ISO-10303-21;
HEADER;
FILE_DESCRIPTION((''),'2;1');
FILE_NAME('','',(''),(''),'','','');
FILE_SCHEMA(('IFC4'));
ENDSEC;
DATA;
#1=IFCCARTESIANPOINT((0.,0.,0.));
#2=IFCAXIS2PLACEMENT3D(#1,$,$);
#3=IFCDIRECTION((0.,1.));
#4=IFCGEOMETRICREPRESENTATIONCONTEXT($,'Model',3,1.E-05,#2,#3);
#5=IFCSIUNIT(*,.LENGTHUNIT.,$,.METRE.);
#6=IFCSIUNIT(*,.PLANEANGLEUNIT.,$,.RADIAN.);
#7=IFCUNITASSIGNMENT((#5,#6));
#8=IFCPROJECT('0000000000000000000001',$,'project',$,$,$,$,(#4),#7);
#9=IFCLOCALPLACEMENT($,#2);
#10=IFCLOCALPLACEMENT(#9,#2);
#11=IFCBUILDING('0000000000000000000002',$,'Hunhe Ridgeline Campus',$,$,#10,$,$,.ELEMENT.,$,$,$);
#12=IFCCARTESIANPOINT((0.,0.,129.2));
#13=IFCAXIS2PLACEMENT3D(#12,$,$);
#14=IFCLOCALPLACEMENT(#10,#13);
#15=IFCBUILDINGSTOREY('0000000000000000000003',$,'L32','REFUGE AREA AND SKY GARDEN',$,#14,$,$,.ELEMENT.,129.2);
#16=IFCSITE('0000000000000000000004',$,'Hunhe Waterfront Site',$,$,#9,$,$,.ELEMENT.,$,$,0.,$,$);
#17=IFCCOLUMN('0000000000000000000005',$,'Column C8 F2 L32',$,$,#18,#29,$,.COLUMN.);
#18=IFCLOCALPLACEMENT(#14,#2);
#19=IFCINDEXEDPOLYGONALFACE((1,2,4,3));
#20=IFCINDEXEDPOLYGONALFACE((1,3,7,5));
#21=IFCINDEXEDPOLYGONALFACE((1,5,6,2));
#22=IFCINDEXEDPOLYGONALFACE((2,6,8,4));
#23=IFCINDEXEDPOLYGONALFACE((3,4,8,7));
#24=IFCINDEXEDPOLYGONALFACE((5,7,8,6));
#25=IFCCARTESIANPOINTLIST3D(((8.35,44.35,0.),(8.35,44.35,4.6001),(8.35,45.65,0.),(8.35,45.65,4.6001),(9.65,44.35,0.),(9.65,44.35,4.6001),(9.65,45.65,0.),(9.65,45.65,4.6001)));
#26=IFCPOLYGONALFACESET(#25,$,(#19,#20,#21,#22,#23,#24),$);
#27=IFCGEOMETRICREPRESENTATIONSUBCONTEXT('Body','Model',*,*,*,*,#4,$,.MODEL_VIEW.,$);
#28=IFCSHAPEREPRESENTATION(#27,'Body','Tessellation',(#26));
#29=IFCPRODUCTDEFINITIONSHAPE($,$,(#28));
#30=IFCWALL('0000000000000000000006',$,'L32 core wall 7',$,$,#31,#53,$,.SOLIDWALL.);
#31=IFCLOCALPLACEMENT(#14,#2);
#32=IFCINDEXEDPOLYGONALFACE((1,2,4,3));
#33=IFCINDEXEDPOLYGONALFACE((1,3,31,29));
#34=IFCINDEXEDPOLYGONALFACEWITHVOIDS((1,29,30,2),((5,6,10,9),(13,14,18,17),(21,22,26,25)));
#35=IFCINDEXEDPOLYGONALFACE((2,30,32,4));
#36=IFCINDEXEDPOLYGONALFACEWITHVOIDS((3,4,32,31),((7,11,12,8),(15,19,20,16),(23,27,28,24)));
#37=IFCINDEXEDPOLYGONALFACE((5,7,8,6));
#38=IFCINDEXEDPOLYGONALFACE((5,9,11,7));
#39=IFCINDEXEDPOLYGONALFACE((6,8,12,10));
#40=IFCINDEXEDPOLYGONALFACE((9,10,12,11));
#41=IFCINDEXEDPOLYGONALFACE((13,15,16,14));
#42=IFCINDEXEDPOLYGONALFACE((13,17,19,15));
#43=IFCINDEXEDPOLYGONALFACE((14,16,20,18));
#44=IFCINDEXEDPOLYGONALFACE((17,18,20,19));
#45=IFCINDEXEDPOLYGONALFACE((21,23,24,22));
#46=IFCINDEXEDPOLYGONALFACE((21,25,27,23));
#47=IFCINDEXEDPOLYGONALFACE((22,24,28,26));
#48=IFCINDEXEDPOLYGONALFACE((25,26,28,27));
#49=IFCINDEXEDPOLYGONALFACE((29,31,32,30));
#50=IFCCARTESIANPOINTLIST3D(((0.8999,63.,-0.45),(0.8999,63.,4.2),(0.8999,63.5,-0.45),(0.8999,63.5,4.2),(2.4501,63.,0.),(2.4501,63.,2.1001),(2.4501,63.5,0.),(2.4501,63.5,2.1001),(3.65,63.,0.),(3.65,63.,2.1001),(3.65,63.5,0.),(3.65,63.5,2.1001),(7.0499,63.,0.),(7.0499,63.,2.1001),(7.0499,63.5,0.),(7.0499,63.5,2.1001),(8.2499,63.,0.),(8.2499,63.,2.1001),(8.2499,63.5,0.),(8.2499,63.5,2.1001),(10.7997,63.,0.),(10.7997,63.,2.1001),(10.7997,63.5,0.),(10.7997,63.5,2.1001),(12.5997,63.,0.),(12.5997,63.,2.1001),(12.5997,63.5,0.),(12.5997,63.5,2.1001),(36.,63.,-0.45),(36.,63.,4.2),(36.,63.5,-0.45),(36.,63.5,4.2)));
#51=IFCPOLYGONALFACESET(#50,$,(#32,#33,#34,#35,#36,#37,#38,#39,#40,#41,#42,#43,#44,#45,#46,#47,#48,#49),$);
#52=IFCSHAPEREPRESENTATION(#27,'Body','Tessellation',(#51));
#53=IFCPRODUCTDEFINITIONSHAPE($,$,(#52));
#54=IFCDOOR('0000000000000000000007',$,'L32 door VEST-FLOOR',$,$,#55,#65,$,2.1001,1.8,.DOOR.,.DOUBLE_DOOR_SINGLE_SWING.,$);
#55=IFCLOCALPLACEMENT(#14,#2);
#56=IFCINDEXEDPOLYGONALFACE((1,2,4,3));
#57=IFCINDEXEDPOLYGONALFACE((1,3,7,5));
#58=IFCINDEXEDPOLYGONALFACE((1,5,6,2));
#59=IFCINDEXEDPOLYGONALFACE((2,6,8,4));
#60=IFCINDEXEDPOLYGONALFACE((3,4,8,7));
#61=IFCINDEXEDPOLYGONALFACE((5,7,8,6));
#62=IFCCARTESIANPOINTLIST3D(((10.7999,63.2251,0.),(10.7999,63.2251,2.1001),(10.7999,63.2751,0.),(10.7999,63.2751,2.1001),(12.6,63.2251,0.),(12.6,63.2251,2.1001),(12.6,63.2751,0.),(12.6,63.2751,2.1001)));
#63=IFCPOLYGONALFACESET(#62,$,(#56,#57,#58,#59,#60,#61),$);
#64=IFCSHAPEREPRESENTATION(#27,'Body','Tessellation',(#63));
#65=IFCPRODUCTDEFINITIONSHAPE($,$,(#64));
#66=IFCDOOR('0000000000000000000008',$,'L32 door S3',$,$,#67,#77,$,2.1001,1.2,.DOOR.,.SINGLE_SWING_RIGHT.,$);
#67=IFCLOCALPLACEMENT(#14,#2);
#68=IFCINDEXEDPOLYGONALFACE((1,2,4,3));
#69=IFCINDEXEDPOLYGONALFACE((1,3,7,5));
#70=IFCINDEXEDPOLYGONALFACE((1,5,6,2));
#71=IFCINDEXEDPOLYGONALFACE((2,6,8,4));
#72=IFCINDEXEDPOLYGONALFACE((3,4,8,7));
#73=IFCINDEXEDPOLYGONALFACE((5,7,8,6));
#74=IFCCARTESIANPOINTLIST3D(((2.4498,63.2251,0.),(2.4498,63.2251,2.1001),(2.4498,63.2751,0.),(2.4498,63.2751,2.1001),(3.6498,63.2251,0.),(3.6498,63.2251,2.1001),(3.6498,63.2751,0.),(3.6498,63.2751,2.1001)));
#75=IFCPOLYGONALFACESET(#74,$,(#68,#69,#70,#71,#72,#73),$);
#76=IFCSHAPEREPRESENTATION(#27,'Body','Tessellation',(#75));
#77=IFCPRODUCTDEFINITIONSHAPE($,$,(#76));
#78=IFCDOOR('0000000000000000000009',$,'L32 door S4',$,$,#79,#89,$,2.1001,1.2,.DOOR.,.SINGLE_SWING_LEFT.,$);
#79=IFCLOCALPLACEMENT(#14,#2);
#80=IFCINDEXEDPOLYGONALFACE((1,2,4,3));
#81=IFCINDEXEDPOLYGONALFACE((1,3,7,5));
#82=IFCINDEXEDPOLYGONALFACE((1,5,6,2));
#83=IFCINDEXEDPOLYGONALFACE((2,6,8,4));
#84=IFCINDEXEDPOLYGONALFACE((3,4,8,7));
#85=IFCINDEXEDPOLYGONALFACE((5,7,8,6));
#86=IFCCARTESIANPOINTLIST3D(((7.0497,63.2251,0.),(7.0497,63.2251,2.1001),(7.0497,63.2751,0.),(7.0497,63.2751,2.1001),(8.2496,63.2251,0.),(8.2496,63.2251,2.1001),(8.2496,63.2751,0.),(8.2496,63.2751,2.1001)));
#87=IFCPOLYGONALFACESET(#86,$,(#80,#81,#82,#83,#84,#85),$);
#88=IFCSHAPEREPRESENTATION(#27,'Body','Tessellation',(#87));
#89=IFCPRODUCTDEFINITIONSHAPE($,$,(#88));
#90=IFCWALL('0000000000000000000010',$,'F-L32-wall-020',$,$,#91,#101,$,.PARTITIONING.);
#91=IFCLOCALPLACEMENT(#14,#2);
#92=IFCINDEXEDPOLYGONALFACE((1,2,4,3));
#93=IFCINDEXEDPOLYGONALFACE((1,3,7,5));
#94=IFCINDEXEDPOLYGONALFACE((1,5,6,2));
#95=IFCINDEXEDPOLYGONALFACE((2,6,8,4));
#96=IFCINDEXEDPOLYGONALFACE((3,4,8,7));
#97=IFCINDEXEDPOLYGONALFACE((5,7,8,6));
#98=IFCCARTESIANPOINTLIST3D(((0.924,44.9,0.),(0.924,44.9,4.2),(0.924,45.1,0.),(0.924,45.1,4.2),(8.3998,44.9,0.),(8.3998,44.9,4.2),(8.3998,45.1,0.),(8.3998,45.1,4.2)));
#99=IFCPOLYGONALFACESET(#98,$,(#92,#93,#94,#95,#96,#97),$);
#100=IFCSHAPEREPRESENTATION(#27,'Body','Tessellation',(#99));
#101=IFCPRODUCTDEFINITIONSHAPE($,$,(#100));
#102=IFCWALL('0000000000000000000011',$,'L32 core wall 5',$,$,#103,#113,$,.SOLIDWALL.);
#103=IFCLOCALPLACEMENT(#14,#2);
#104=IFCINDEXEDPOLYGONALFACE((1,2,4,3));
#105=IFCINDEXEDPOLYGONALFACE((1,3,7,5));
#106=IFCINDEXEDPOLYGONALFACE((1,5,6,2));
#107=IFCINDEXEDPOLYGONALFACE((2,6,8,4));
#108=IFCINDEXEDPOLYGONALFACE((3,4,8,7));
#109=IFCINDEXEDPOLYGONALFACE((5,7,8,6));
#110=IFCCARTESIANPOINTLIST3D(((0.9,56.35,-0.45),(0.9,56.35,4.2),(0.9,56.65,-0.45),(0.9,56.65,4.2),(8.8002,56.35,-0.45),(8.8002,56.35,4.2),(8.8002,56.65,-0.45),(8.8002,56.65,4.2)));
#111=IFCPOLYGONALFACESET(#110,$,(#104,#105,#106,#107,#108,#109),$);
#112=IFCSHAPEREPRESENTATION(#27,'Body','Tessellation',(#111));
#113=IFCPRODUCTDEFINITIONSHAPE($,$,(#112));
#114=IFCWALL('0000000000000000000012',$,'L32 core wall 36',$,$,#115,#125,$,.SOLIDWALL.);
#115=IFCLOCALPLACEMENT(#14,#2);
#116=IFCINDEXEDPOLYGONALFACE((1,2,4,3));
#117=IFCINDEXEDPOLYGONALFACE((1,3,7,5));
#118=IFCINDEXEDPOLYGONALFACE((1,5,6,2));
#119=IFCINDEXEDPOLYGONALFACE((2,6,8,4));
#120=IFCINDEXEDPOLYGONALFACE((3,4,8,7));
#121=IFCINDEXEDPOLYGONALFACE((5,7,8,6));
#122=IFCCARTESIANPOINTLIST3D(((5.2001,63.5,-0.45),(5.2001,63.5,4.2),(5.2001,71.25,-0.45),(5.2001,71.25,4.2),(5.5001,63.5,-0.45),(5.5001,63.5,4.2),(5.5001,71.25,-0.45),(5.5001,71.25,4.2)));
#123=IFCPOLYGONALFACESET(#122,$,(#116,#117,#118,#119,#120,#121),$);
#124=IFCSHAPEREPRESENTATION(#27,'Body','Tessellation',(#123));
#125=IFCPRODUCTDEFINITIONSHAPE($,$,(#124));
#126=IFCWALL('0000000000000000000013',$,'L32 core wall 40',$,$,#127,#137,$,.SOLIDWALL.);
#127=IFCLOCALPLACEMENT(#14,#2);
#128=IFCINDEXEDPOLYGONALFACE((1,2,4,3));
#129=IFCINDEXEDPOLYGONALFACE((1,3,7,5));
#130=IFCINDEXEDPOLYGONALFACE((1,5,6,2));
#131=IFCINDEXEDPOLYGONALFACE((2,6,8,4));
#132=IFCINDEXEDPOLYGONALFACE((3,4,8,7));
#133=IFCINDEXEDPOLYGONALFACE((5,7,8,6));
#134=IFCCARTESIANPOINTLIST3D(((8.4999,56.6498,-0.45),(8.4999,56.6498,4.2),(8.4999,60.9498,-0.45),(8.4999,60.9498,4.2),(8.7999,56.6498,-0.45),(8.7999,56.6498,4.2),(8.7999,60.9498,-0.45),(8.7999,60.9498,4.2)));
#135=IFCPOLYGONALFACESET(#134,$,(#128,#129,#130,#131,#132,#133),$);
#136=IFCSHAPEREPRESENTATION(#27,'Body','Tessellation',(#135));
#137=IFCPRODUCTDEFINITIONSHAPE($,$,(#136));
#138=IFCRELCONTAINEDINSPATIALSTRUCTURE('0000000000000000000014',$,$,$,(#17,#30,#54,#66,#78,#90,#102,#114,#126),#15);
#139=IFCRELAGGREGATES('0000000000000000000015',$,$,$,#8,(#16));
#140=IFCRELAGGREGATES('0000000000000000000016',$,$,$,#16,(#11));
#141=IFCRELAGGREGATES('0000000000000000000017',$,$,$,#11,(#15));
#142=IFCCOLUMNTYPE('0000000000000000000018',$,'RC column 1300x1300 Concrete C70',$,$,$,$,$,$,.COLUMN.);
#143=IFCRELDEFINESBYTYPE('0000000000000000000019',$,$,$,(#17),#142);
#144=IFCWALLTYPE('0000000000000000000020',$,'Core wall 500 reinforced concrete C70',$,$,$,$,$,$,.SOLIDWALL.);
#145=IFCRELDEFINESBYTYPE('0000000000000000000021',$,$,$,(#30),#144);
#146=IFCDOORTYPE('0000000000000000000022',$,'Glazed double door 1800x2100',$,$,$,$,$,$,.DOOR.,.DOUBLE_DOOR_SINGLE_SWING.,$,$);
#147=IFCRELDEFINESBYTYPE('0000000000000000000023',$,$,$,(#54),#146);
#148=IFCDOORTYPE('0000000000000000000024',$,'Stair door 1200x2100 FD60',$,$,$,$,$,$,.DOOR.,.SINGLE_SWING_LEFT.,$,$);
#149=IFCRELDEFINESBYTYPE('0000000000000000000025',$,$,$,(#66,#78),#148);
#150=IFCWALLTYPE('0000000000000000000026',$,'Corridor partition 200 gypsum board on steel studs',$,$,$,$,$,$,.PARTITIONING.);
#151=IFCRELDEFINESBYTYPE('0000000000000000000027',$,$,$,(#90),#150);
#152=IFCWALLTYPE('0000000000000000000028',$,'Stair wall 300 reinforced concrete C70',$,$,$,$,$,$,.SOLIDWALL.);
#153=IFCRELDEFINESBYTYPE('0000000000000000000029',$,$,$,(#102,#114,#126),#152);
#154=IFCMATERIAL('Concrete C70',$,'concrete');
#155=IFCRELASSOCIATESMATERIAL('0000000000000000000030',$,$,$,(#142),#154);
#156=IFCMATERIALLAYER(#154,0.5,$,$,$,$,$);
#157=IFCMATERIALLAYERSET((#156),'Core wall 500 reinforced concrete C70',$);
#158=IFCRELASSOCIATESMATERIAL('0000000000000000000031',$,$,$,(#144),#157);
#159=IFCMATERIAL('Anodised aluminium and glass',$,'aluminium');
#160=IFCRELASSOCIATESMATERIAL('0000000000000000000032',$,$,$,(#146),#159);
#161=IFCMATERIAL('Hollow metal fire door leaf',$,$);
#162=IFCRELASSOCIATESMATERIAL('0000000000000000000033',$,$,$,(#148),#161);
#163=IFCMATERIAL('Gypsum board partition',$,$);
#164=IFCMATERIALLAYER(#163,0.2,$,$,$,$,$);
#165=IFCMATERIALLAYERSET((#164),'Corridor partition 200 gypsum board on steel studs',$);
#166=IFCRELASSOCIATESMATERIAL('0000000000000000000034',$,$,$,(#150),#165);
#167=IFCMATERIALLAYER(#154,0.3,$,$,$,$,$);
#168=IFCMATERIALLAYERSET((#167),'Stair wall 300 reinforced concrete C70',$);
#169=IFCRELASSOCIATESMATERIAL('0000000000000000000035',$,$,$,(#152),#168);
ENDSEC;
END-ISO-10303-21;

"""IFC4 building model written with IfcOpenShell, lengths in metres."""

from ifc_helpers import new_model, si_unit, direction, frame, frame_2d, origin, origin_2d, place, context, subcontext, project, spatial, rectangle, extrude, material, layer, layer_set, material_profile, profile_set, type_object, element, fill, save


model = new_model("IFC4")

# Units and contexts
model_context = context("Model", 3, precision=1e-05, world=origin(), true_north=direction((0.0, 1.0)))
body_context = subcontext(model_context, "Body", "Model", "MODEL_VIEW")
ifc_project = project(units=[si_unit("LENGTHUNIT", "METRE"), si_unit("PLANEANGLEUNIT", "RADIAN")], contexts=[model_context])

# Site, building, storey
site_placement = place(None, origin())
site = spatial("IfcSite", under=ifc_project, at=site_placement, Name="Hunhe Waterfront Site", CompositionType="ELEMENT", RefElevation=0.0)
building_placement = place(site_placement, origin())
building = spatial("IfcBuilding", under=site, at=building_placement, Name="Hunhe Ridgeline Campus", CompositionType="ELEMENT")
storey_placement = place(building_placement, frame((0.0, 0.0, 129.2)))
storey = spatial("IfcBuildingStorey", under=building, at=storey_placement, Name="L32", Description="REFUGE AREA AND SKY GARDEN", CompositionType="ELEMENT", Elevation=129.2)

# Column
ifc_material_1 = material(Name="Concrete C70", Category="concrete")
ifc_material_profile = material_profile(ifc_material_1, rectangle(XDim=1.3, YDim=1.3, at=origin_2d()))
ifc_profile_set = profile_set([ifc_material_profile], Name="Concrete C70")
column_type = type_object("IfcColumnType", Name="RC column 1300x1300 Concrete C70", PredefinedType="COLUMN", material=ifc_profile_set)
column_placement = place(storey_placement, frame((9.0, 45.0, 0.0), z_axis=(0.0, 0.0, 1.0), x_axis=(1.0, 0.0, 0.0)))
element("IfcColumn", 1, at=column_placement, inside=storey, type_object=column_type, Name="Column C8 F2 L32", PredefinedType="COLUMN", context=body_context, shape_type="SweptSolid", body=[
    extrude(rectangle(XDim=1.3, YDim=1.3, at=origin_2d()), origin(), (0.0, 0.0, 1.0), 4.6001),
])

# Wall, openings, doors
ifc_layer_1 = layer(ifc_material_1, 0.5)
ifc_layer_set_1 = layer_set([ifc_layer_1], Name="Core wall 500 reinforced concrete C70")
wall_type_1 = type_object("IfcWallType", Name="Core wall 500 reinforced concrete C70", PredefinedType="SOLIDWALL", material=ifc_layer_set_1)
wall_1_placement = place(storey_placement, frame((0.8999, 63.25, -0.45), z_axis=(0.0, 0.0, 1.0), x_axis=(1.0, 0.0, 0.0)))
wall_1 = element("IfcWall", 2, at=wall_1_placement, inside=storey, type_object=wall_type_1, Name="L32 core wall 7", PredefinedType="SOLIDWALL", context=body_context, shape_type="SweptSolid", body=[
    extrude(rectangle(XDim=35.1001, YDim=0.5, at=frame_2d((17.55, 0.0))), origin(), (0.0, 0.0, 1.0), 4.6499),
])
opening_1_placement = place(wall_1_placement, frame((9.8999, 0.0, 0.45)))
opening_1 = element("IfcOpeningElement", 3, at=opening_1_placement, cuts=wall_1, PredefinedType="OPENING", context=body_context, shape_type="SweptSolid", body=[
    extrude(rectangle(XDim=1.8, YDim=2.1001, at=frame_2d((0.8999, 1.05))), frame((0.0, 0.25, 0.0), z_axis=(0.0, -1.0, 0.0), x_axis=(1.0, 0.0, 0.0)), (0.0, 0.0, 1.0), 0.5),
])
opening_2_placement = place(wall_1_placement, frame((1.55, 0.0, 0.45)))
opening_2 = element("IfcOpeningElement", 4, at=opening_2_placement, cuts=wall_1, PredefinedType="OPENING", context=body_context, shape_type="SweptSolid", body=[
    extrude(rectangle(XDim=1.2, YDim=2.1001, at=frame_2d((0.6001, 1.05))), frame((0.0, 0.25, 0.0), z_axis=(0.0, -1.0, 0.0), x_axis=(1.0, 0.0, 0.0)), (0.0, 0.0, 1.0), 0.5),
])
opening_3_placement = place(wall_1_placement, frame((6.1499, 0.0, 0.45)))
opening_3 = element("IfcOpeningElement", 5, at=opening_3_placement, cuts=wall_1, PredefinedType="OPENING", context=body_context, shape_type="SweptSolid", body=[
    extrude(rectangle(XDim=1.2, YDim=2.1001, at=frame_2d((0.6001, 1.05))), frame((0.0, 0.25, 0.0), z_axis=(0.0, -1.0, 0.0), x_axis=(1.0, 0.0, 0.0)), (0.0, 0.0, 1.0), 0.5),
])
ifc_material_2 = material(Name="Anodised aluminium and glass", Category="aluminium")
door_type_1 = type_object("IfcDoorType", Name="Glazed double door 1800x2100", OperationType="DOUBLE_DOOR_SINGLE_SWING", PredefinedType="DOOR", material=ifc_material_2)
door_1_placement = place(opening_1_placement, frame((1.8, 0.0, 0.0), z_axis=(0.0, 0.0, 1.0), x_axis=(-1.0, 0.0, 0.0)))
door_1 = element("IfcDoor", 6, at=door_1_placement, inside=storey, type_object=door_type_1, Name="L32 door VEST-FLOOR", OperationType="DOUBLE_DOOR_SINGLE_SWING", OverallHeight=2.1001, OverallWidth=1.8, PredefinedType="DOOR", context=body_context, shape_type="SweptSolid", body=[
    extrude(rectangle(XDim=1.8, YDim=2.1001, at=frame_2d((0.8999, 1.05))), frame((0.0, 0.0249, 0.0), z_axis=(0.0, -1.0, 0.0), x_axis=(1.0, 0.0, 0.0)), (0.0, 0.0, 1.0), 0.05),
])
fill(opening_1, door_1)
ifc_material_3 = material(Name="Hollow metal fire door leaf")
door_type_2 = type_object("IfcDoorType", Name="Stair door 1200x2100 FD60", OperationType="SINGLE_SWING_LEFT", PredefinedType="DOOR", material=ifc_material_3)
door_2_placement = place(opening_2_placement, frame((1.2, 0.0, 0.0), z_axis=(0.0, 0.0, 1.0), x_axis=(-1.0, 0.0, 0.0)))
door_2 = element("IfcDoor", 7, at=door_2_placement, inside=storey, type_object=door_type_2, Name="L32 door S3", OperationType="SINGLE_SWING_RIGHT", OverallHeight=2.1001, OverallWidth=1.2, PredefinedType="DOOR", context=body_context, shape_type="SweptSolid", body=[
    extrude(rectangle(XDim=1.2, YDim=2.1001, at=frame_2d((0.6001, 1.05))), frame((0.0, 0.0249, 0.0), z_axis=(0.0, -1.0, 0.0), x_axis=(1.0, 0.0, 0.0)), (0.0, 0.0, 1.0), 0.05),
])
fill(opening_2, door_2)
door_3_placement = place(opening_3_placement, frame((1.2, 0.0, 0.0), z_axis=(0.0, 0.0, 1.0), x_axis=(-1.0, 0.0, 0.0)))
door_3 = element("IfcDoor", 8, at=door_3_placement, inside=storey, type_object=door_type_2, Name="L32 door S4", OperationType="SINGLE_SWING_LEFT", OverallHeight=2.1001, OverallWidth=1.2, PredefinedType="DOOR", context=body_context, shape_type="SweptSolid", body=[
    extrude(rectangle(XDim=1.2, YDim=2.1001, at=frame_2d((0.6001, 1.05))), frame((0.0, 0.0249, 0.0), z_axis=(0.0, -1.0, 0.0), x_axis=(1.0, 0.0, 0.0)), (0.0, 0.0, 1.0), 0.05),
])
fill(opening_3, door_3)

# Walls
ifc_material_4 = material(Name="Gypsum board partition")
ifc_layer_2 = layer(ifc_material_4, 0.2)
ifc_layer_set_2 = layer_set([ifc_layer_2], Name="Corridor partition 200 gypsum board on steel studs")
wall_type_2 = type_object("IfcWallType", Name="Corridor partition 200 gypsum board on steel studs", PredefinedType="PARTITIONING", material=ifc_layer_set_2)
wall_2_placement = place(storey_placement, frame((0.9241, 45.0, 0.0), z_axis=(0.0, 0.0, 1.0), x_axis=(1.0, 0.0, 0.0)))
element("IfcWall", 9, at=wall_2_placement, inside=storey, type_object=wall_type_2, Name="F-L32-wall-020", PredefinedType="PARTITIONING", context=body_context, shape_type="SweptSolid", body=[
    extrude(rectangle(XDim=7.4758, YDim=0.2, at=frame_2d((3.7378, 0.0))), origin(), (0.0, 0.0, 1.0), 4.2),
])
ifc_layer_3 = layer(ifc_material_1, 0.3)
ifc_layer_set_3 = layer_set([ifc_layer_3], Name="Stair wall 300 reinforced concrete C70")
wall_type_3 = type_object("IfcWallType", Name="Stair wall 300 reinforced concrete C70", PredefinedType="SOLIDWALL", material=ifc_layer_set_3)
wall_3_placement = place(storey_placement, frame((0.8999, 56.5, -0.45), z_axis=(0.0, 0.0, 1.0), x_axis=(1.0, 0.0, 0.0)))
element("IfcWall", 10, at=wall_3_placement, inside=storey, type_object=wall_type_3, Name="L32 core wall 5", PredefinedType="SOLIDWALL", context=body_context, shape_type="SweptSolid", body=[
    extrude(rectangle(XDim=7.9001, YDim=0.3, at=frame_2d((3.9502, 0.0))), origin(), (0.0, 0.0, 1.0), 4.6499),
])

# Walls
wall_4_placement = place(storey_placement, frame((5.3501, 63.5, -0.45), z_axis=(0.0, 0.0, 1.0), x_axis=(0.0, 1.0, 0.0)))
element("IfcWall", 11, at=wall_4_placement, inside=storey, type_object=wall_type_3, Name="L32 core wall 36", PredefinedType="SOLIDWALL", context=body_context, shape_type="SweptSolid", body=[
    extrude(rectangle(XDim=7.75, YDim=0.3, at=frame_2d((3.875, 0.0))), origin(), (0.0, 0.0, 1.0), 4.6499),
])
wall_5_placement = place(storey_placement, frame((8.6499, 56.6499, -0.45), z_axis=(0.0, 0.0, 1.0), x_axis=(0.0, 1.0, 0.0)))
element("IfcWall", 12, at=wall_5_placement, inside=storey, type_object=wall_type_3, Name="L32 core wall 40", PredefinedType="SOLIDWALL", context=body_context, shape_type="SweptSolid", body=[
    extrude(rectangle(XDim=4.3, YDim=0.3, at=frame_2d((2.1499, 0.0))), origin(), (0.0, 0.0, 1.0), 4.6499),
])

save(model, "model.ifc")
